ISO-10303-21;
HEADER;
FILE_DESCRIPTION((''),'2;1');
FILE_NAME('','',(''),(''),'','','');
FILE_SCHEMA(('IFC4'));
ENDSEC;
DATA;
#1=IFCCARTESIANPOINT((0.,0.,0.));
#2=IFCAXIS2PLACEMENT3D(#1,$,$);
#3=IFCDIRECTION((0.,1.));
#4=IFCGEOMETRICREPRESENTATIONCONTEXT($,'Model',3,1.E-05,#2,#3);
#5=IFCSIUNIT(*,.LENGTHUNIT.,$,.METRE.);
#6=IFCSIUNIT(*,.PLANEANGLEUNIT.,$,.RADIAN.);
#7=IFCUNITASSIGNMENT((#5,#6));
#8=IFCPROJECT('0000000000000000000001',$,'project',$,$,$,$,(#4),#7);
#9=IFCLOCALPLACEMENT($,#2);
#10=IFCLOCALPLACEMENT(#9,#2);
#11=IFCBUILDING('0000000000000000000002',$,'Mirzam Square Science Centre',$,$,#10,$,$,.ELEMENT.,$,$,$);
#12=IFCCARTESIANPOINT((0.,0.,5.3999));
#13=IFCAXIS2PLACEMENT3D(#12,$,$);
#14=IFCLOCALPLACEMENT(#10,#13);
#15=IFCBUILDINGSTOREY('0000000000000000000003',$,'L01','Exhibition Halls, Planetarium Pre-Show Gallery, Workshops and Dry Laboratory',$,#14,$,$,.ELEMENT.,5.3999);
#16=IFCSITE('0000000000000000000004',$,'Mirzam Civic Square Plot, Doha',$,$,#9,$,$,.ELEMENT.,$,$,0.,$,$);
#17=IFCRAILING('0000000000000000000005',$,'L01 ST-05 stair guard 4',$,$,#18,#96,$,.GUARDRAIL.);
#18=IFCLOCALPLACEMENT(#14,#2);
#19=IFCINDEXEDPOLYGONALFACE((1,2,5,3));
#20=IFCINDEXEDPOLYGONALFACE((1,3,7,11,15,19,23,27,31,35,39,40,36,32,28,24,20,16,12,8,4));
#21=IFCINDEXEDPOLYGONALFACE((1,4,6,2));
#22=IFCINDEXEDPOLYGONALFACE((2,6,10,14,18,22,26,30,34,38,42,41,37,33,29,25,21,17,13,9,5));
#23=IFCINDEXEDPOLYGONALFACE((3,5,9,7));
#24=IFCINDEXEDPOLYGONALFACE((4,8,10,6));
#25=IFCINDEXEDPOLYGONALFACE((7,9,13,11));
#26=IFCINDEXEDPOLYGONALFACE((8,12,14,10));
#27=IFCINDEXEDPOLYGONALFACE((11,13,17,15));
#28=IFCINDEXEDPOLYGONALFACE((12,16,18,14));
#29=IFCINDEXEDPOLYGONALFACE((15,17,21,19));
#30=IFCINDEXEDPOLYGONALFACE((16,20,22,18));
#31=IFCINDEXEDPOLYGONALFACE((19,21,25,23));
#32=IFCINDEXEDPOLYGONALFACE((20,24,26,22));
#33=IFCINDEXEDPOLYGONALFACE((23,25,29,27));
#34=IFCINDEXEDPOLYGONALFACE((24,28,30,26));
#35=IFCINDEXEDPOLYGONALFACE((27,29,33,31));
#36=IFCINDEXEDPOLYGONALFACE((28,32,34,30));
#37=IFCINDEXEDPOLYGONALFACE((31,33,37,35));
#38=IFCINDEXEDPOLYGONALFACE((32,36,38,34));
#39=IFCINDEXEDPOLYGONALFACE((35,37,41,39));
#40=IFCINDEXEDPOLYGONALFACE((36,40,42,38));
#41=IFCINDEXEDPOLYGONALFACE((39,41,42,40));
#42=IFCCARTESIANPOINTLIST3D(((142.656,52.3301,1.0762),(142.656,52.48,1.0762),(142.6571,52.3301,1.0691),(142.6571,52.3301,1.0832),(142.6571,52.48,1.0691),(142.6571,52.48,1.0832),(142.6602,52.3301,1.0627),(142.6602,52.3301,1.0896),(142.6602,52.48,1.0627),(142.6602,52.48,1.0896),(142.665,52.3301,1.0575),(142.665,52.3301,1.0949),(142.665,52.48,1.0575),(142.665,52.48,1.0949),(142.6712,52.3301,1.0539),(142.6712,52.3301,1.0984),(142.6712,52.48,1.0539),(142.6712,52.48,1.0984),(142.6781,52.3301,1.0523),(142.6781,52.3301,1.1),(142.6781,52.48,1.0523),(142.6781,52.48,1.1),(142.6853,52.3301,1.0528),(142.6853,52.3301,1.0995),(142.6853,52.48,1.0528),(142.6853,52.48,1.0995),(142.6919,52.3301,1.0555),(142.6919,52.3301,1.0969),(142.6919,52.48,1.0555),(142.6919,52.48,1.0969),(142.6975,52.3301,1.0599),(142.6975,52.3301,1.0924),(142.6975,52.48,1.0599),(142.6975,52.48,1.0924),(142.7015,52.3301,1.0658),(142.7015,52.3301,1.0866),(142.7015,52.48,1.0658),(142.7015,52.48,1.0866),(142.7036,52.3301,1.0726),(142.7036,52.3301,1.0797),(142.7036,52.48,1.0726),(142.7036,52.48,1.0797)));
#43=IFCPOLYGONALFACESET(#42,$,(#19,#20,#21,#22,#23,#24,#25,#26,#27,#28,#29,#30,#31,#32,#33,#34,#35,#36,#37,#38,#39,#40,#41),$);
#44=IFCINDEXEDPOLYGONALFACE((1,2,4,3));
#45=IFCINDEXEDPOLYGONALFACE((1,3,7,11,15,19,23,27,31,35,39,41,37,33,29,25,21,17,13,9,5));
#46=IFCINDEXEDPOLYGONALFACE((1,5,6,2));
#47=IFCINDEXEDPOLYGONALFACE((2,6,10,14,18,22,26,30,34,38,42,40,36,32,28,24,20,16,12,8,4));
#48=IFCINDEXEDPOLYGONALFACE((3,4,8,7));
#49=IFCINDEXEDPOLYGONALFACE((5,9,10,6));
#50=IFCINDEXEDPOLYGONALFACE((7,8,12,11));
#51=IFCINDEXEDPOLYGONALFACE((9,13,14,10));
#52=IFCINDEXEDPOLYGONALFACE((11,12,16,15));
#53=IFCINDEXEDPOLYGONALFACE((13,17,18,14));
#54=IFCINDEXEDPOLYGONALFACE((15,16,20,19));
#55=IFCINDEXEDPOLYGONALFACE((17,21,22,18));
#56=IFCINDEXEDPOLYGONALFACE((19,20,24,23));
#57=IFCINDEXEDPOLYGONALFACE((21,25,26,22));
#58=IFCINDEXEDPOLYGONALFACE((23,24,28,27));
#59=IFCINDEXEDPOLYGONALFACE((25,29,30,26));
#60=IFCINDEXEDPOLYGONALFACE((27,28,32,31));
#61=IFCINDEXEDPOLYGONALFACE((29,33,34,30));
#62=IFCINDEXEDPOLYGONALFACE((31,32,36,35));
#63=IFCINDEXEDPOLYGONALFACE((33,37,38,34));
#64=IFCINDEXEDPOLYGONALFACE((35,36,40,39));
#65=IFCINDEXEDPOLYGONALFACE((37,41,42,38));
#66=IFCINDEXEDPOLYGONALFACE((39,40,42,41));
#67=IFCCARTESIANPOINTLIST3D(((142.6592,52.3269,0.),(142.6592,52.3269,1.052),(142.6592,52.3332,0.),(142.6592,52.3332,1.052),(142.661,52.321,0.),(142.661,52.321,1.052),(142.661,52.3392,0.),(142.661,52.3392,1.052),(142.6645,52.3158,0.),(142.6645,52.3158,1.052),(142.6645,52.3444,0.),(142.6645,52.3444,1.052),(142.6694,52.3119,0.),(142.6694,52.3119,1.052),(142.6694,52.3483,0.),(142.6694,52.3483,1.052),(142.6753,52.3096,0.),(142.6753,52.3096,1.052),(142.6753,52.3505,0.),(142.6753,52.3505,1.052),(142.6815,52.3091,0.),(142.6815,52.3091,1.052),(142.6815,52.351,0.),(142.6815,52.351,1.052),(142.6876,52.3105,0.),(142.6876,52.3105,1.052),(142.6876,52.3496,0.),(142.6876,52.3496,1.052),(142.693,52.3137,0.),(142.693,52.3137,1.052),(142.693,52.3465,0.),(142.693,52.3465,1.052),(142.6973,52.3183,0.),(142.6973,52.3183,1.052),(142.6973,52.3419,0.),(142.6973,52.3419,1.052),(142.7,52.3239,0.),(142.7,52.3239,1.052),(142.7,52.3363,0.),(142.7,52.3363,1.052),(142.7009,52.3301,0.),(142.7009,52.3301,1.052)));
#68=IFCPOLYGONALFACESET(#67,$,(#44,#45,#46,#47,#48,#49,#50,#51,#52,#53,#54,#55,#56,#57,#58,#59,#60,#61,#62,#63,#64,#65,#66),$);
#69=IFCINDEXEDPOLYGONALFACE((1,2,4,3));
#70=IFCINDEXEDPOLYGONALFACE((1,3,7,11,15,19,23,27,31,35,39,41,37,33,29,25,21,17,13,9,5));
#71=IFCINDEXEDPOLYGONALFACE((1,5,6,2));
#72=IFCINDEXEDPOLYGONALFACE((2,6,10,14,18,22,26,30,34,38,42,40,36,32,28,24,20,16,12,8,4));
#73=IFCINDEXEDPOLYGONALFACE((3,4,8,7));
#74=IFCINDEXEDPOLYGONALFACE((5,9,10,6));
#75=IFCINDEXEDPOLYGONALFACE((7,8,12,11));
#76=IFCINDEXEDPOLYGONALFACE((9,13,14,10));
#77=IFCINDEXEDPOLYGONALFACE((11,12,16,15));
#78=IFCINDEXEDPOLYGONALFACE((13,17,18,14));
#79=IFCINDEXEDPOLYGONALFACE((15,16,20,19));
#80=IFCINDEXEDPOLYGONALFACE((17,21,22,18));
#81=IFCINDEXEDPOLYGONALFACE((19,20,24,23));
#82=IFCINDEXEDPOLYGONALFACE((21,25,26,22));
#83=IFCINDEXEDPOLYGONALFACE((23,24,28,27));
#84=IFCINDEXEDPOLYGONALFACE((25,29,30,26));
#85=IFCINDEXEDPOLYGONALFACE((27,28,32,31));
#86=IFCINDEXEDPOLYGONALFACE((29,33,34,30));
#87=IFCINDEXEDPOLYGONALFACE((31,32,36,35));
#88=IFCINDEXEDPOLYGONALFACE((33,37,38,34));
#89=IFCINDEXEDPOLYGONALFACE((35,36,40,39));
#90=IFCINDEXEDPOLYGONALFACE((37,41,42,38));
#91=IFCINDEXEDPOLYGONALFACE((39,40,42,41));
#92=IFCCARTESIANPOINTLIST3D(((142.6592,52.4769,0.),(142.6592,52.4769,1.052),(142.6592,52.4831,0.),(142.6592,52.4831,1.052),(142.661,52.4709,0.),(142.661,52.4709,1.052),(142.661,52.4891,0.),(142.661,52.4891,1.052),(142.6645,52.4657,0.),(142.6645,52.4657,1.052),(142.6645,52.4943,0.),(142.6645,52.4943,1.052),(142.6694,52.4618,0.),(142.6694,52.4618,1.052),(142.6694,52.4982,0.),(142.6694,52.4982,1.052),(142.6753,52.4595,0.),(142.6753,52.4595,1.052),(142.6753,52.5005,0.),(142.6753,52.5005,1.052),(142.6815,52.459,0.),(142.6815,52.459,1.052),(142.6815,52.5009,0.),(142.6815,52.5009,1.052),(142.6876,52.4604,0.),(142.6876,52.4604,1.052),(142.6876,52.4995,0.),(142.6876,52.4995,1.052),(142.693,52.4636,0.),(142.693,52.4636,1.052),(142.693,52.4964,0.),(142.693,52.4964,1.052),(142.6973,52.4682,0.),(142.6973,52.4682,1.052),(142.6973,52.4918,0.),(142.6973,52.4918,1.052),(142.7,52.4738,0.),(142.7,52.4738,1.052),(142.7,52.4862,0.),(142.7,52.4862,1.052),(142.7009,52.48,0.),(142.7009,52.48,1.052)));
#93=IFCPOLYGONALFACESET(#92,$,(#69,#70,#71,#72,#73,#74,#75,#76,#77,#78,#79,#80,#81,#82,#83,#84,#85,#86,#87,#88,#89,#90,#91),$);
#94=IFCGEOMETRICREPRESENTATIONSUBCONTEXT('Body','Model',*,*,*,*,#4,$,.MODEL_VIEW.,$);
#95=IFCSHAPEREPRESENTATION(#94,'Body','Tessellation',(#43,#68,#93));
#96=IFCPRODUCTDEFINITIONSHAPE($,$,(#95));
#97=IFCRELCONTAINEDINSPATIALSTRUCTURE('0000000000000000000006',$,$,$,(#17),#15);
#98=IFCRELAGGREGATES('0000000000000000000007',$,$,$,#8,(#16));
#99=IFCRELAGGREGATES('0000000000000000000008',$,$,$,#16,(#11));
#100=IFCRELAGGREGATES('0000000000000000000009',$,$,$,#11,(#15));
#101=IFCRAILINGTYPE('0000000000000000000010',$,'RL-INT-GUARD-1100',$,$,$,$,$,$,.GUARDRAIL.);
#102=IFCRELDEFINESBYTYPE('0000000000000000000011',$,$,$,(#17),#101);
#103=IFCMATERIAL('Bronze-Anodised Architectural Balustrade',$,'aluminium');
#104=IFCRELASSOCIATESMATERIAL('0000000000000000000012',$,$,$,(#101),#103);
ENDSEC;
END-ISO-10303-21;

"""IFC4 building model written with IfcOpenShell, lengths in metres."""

from ifc_helpers import new_model, si_unit, direction, frame, origin, origin_2d, place, context, subcontext, project, spatial, circle, extrude, material, type_object, element, save


model = new_model("IFC4")

# Units and contexts
model_context = context("Model", 3, precision=1e-05, world=origin(), true_north=direction((0.0, 1.0)))
body_context = subcontext(model_context, "Body", "Model", "MODEL_VIEW")
ifc_project = project(units=[si_unit("LENGTHUNIT", "METRE"), si_unit("PLANEANGLEUNIT", "RADIAN")], contexts=[model_context])

# Site, building, storey
site_placement = place(None, origin())
site = spatial("IfcSite", under=ifc_project, at=site_placement, Name="Mirzam Civic Square Plot, Doha", CompositionType="ELEMENT", RefElevation=0.0)
building_placement = place(site_placement, origin())
building = spatial("IfcBuilding", under=site, at=building_placement, Name="Mirzam Square Science Centre", CompositionType="ELEMENT")
storey_placement = place(building_placement, frame((0.0, 0.0, 5.3999)))
storey = spatial("IfcBuildingStorey", under=building, at=storey_placement, Name="L01", Description="Exhibition Halls, Planetarium Pre-Show Gallery, Workshops and Dry Laboratory", CompositionType="ELEMENT", Elevation=5.3999)

# Railing
ifc_material_1 = material(Name="Bronze-Anodised Architectural Balustrade", Category="aluminium")
railing_type_1 = type_object("IfcRailingType", Name="RL-INT-GUARD-1100", PredefinedType="GUARDRAIL", material=ifc_material_1)
railing_1_placement = place(storey_placement, frame((142.6799, 52.3301, 0.0)))
element("IfcRailing", 1, at=railing_1_placement, inside=storey, type_object=railing_type_1, Name="L01 ST-05 stair guard 4", PredefinedType="GUARDRAIL", context=body_context, shape_type="SweptSolid", body=[
    extrude(circle(Radius=0.0239, at=origin_2d()), frame((0.0, 0.0, 1.0762), z_axis=(0.0, 1.0, 0.0), x_axis=(-1.0, 0.0, 0.0)), (0.0, 0.0, 1.0), 0.1499),
    extrude(circle(Radius=0.021, at=origin_2d()), origin(), (0.0, 0.0, 1.0), 1.052),
    extrude(circle(Radius=0.021, at=origin_2d()), frame((0.0, 0.1499, 0.0)), (0.0, 0.0, 1.0), 1.052),
])

save(model, "model.ifc")
